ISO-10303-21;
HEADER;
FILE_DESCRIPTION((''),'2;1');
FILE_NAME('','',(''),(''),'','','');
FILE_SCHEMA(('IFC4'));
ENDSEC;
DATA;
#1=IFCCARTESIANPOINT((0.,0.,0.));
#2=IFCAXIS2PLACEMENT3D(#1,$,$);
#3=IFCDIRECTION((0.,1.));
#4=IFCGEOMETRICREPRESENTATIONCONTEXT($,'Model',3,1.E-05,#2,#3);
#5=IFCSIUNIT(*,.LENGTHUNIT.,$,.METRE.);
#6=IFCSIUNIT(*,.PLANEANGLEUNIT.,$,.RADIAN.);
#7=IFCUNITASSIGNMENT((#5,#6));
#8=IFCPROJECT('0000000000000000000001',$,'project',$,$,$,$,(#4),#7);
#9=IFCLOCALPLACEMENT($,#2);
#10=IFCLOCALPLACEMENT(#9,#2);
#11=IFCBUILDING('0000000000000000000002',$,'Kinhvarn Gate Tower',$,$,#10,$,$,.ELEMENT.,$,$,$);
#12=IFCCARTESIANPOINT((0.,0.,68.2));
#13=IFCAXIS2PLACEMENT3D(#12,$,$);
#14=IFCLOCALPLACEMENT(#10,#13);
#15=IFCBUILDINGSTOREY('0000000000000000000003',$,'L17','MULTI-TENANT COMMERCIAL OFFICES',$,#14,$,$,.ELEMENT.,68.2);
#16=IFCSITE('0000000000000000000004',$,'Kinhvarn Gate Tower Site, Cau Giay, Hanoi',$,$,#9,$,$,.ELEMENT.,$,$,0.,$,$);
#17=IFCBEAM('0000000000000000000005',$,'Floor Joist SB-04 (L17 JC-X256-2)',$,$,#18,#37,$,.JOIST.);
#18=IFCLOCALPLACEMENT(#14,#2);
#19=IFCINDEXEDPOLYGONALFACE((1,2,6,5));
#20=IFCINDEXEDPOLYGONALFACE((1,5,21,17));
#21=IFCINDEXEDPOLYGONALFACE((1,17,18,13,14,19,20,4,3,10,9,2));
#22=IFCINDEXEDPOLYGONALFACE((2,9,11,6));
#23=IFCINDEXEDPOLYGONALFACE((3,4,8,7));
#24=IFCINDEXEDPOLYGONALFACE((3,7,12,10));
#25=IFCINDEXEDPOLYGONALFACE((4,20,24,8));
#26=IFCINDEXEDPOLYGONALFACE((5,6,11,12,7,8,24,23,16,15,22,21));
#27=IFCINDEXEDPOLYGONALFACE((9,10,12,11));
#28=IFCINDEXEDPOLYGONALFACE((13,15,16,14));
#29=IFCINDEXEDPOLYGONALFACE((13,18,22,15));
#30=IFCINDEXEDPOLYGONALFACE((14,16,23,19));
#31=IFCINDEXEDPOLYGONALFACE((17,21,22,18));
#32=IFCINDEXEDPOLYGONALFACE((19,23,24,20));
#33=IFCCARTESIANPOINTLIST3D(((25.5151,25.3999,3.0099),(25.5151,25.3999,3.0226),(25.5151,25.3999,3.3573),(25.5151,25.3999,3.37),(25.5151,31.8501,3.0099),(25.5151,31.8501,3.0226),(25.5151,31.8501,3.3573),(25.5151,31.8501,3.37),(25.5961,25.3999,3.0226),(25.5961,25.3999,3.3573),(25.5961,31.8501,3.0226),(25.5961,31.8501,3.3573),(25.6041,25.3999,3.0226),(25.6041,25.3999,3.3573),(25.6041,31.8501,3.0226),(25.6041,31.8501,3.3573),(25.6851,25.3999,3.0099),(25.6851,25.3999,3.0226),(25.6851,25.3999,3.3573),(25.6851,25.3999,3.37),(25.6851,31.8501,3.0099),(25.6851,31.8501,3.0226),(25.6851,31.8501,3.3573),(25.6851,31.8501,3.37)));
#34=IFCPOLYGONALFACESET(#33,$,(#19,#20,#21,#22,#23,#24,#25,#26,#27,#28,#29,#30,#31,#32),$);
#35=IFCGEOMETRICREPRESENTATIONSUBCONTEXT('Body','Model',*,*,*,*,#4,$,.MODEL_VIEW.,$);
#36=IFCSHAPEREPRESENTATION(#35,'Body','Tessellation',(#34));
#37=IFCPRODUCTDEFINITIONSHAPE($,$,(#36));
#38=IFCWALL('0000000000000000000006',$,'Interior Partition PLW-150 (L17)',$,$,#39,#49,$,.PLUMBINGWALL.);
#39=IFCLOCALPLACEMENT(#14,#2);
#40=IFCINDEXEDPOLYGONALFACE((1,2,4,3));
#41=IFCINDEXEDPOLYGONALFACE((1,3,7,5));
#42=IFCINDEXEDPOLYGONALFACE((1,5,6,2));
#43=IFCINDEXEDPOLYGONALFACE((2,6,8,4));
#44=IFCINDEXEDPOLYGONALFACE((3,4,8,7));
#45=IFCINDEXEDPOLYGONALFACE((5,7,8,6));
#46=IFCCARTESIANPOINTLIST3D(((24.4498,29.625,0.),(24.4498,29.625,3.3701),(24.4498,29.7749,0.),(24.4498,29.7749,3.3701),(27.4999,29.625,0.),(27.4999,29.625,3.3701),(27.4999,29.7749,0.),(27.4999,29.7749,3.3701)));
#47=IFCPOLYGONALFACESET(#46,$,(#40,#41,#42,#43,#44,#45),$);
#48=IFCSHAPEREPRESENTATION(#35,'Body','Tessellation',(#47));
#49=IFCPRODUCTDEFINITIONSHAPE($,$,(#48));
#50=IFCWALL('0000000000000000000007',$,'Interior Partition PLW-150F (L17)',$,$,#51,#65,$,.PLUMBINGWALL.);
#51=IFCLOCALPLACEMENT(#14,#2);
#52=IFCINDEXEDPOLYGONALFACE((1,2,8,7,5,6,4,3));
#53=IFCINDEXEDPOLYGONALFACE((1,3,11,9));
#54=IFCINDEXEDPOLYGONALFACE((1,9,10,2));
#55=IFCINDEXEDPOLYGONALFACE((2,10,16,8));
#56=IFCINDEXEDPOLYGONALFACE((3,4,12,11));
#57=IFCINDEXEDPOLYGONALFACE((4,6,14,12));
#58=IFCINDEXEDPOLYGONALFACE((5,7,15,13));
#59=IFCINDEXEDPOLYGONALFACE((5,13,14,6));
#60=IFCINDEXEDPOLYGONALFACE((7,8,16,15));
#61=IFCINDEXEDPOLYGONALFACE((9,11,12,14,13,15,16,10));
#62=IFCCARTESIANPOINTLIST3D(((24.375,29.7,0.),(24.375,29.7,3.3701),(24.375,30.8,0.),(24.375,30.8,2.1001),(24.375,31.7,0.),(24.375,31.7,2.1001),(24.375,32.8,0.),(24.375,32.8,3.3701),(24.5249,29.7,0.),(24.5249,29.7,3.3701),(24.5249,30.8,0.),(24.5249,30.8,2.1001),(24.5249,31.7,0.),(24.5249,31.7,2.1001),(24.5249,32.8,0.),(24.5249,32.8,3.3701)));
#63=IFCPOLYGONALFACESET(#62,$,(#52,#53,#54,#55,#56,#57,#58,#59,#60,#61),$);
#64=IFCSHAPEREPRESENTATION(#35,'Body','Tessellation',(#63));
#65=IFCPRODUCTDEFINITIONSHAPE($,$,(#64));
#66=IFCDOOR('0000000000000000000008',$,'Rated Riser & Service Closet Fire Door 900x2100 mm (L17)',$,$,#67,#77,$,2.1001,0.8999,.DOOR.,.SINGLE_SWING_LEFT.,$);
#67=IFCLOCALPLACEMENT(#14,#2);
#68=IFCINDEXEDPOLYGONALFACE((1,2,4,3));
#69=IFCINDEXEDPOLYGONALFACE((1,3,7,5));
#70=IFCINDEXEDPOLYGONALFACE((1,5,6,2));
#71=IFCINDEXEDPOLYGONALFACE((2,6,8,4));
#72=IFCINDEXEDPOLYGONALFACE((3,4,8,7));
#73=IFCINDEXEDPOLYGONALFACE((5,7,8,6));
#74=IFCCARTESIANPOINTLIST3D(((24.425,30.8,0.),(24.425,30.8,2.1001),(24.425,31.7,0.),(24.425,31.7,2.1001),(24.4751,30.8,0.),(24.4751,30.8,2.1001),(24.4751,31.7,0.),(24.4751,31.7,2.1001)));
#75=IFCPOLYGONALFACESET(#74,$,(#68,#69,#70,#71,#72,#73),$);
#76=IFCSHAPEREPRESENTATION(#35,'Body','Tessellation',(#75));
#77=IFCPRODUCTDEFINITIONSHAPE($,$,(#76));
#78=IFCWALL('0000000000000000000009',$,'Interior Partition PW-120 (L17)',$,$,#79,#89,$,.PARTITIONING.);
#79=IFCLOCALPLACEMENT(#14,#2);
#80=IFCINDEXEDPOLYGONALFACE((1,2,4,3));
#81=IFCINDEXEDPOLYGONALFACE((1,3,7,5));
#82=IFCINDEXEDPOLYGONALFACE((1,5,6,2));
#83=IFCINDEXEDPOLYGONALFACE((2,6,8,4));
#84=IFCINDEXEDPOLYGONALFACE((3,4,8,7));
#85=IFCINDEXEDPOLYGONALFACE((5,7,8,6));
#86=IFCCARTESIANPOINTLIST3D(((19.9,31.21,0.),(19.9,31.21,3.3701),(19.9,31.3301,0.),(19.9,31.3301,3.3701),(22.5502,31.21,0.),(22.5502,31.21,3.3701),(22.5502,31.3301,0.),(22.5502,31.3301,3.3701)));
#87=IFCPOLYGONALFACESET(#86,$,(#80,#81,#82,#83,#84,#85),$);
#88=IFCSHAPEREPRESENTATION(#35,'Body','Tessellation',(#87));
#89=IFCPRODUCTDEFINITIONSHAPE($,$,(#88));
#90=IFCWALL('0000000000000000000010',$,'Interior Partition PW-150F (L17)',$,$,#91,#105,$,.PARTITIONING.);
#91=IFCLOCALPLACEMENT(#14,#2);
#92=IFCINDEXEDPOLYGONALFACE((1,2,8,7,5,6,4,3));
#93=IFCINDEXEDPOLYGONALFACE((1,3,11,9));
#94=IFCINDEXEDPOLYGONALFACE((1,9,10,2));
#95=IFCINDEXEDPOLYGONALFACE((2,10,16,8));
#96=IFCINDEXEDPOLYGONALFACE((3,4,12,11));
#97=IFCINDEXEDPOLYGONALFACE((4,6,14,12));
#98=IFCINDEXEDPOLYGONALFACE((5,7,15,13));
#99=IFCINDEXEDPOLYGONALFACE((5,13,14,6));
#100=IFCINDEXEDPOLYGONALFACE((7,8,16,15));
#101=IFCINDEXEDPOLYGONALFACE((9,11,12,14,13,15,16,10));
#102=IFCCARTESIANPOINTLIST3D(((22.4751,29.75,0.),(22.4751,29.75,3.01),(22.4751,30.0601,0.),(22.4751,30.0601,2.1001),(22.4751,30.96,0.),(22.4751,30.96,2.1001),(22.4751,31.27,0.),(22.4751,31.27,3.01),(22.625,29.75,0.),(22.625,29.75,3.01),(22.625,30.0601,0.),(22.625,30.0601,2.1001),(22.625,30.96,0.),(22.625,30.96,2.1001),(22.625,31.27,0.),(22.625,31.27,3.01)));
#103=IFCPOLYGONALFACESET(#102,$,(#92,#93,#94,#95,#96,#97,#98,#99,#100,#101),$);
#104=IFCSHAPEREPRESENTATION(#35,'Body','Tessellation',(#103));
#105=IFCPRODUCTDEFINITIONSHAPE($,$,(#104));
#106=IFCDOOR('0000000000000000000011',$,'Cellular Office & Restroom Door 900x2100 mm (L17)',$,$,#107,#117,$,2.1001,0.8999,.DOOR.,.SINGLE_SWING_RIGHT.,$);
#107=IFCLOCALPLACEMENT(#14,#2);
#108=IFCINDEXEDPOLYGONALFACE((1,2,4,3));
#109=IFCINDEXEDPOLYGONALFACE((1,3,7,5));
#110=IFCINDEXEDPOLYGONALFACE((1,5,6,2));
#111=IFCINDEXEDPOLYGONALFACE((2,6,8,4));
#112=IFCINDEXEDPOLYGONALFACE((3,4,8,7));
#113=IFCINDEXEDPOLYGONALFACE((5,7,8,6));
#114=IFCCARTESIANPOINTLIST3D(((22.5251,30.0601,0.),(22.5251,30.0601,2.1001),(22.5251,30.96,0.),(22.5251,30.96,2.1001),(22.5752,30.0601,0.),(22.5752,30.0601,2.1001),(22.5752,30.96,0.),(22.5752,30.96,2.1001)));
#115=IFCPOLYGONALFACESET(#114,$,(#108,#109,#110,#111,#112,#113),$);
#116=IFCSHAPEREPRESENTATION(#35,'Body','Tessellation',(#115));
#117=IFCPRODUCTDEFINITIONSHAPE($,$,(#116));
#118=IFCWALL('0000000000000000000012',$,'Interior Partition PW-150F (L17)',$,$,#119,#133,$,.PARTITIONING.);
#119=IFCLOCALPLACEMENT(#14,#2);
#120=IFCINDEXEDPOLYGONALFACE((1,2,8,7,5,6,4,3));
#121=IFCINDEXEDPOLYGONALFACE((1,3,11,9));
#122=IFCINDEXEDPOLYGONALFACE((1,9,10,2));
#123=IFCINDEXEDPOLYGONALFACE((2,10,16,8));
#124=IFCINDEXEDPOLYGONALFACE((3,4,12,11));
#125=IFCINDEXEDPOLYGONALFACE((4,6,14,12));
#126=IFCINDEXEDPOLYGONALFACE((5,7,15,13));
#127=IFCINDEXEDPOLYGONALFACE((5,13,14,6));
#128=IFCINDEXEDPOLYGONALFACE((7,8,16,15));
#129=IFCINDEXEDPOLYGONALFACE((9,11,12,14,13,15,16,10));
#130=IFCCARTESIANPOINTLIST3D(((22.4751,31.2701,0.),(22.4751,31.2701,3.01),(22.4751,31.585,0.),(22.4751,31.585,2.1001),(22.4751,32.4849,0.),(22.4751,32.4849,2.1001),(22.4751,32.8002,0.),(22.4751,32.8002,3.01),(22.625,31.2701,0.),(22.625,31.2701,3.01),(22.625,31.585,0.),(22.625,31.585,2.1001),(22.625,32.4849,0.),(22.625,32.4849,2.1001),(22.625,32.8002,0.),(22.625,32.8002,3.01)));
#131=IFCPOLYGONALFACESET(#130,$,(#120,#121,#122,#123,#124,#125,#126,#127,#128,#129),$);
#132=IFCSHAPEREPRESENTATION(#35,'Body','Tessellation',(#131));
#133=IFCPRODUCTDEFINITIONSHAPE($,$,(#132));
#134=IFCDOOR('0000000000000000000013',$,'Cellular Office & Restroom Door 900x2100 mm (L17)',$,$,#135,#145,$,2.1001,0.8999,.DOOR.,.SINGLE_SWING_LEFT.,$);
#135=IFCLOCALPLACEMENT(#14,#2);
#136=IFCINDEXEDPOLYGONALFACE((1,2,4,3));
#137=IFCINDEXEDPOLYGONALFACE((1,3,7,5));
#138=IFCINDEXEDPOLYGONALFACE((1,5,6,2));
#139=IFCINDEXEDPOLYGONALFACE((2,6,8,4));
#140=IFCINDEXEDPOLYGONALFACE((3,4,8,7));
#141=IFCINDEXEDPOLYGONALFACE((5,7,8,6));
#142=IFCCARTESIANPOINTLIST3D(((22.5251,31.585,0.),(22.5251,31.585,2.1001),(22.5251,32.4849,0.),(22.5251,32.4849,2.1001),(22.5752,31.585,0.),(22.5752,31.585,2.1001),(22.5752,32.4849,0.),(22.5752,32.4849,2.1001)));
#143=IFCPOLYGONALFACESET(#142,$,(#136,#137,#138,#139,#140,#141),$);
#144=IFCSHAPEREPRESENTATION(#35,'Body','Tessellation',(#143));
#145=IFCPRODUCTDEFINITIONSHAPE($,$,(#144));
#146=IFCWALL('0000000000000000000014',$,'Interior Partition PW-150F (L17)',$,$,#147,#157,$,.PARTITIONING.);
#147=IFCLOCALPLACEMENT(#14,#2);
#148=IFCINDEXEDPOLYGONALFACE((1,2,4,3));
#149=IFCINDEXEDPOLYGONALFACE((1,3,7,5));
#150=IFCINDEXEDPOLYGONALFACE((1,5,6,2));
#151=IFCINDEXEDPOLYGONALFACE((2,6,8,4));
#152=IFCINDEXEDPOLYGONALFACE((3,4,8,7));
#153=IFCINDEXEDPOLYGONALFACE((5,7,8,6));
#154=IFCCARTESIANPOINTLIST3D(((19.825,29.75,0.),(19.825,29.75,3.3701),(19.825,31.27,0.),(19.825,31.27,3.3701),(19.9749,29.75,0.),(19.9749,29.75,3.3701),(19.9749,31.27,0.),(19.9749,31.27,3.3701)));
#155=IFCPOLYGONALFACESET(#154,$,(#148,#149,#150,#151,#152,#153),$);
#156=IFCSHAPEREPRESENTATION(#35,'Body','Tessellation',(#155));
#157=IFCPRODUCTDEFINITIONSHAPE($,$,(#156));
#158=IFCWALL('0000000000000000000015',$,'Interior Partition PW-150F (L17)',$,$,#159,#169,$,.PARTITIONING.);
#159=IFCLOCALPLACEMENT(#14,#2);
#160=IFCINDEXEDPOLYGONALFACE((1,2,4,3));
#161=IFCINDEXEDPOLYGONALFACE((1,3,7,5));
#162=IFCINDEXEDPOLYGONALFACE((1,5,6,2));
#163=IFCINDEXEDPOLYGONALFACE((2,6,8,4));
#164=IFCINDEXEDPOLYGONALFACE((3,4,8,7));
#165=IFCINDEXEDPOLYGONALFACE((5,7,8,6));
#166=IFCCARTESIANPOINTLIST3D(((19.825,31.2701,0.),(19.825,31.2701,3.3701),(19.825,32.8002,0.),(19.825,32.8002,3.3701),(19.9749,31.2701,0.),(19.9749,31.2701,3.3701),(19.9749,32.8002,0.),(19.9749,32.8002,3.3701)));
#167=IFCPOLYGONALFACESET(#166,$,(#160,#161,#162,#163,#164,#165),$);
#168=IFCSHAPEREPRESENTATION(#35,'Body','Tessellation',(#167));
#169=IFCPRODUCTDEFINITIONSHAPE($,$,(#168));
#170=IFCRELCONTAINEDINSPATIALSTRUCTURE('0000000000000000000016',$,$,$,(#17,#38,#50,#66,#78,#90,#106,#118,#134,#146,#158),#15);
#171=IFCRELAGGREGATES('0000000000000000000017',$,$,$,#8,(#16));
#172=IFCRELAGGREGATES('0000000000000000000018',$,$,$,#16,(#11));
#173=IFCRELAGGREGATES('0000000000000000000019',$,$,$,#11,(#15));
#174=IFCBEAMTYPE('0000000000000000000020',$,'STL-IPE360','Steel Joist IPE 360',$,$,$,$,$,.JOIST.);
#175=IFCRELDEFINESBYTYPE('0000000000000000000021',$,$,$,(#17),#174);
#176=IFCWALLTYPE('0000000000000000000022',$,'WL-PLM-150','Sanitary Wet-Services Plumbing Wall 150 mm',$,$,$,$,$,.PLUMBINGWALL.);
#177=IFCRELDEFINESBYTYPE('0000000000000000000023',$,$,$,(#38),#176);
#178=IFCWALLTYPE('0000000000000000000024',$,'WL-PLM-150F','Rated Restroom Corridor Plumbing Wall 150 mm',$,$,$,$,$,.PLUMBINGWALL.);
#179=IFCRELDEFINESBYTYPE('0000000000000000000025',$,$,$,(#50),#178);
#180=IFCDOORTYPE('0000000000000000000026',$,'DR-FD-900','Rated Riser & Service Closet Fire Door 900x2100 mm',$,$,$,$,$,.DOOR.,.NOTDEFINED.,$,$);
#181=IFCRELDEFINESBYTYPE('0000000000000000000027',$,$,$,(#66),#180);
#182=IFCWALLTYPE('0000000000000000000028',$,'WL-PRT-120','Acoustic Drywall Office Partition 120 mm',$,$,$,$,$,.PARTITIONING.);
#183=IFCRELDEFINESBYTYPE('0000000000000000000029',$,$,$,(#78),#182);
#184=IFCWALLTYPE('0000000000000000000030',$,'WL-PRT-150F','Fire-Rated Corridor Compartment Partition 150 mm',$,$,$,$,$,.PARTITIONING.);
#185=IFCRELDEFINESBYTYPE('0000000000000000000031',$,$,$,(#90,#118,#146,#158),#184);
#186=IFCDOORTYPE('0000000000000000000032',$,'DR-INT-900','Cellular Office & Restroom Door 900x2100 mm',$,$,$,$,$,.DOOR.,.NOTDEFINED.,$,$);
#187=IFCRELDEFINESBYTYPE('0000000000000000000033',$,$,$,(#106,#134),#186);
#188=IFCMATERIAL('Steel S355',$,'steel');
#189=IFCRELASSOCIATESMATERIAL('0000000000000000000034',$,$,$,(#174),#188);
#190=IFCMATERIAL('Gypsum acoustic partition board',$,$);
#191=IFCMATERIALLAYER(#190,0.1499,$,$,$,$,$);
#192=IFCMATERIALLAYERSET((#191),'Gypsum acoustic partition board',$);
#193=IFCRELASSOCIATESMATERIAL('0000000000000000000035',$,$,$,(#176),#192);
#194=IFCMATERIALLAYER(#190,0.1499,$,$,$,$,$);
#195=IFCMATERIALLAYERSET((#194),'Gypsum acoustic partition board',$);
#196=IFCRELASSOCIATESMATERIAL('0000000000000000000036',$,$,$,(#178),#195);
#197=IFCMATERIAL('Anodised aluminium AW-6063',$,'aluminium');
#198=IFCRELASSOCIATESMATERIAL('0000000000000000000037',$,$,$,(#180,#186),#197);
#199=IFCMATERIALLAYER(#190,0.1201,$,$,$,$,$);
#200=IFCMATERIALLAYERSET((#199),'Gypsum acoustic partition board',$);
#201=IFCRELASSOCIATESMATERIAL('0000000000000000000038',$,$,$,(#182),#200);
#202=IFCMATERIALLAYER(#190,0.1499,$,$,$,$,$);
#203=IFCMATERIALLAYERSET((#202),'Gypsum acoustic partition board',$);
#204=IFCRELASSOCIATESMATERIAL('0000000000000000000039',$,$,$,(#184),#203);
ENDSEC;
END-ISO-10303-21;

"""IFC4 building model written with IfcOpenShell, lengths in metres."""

from ifc_helpers import new_model, si_unit, direction, frame, frame_2d, origin, origin_2d, place, context, subcontext, project, spatial, rectangle, i_section, extrude, material, layer, layer_set, material_profile, profile_set, type_object, element, fill, save


model = new_model("IFC4")

# Units and contexts
model_context = context("Model", 3, precision=1e-05, world=origin(), true_north=direction((0.0, 1.0)))
body_context = subcontext(model_context, "Body", "Model", "MODEL_VIEW")
ifc_project = project(units=[si_unit("LENGTHUNIT", "METRE"), si_unit("PLANEANGLEUNIT", "RADIAN")], contexts=[model_context])

# Site, building, storey
site_placement = place(None, origin())
site = spatial("IfcSite", under=ifc_project, at=site_placement, Name="Kinhvarn Gate Tower Site, Cau Giay, Hanoi", CompositionType="ELEMENT", RefElevation=0.0)
building_placement = place(site_placement, origin())
building = spatial("IfcBuilding", under=site, at=building_placement, Name="Kinhvarn Gate Tower", CompositionType="ELEMENT")
storey_placement = place(building_placement, frame((0.0, 0.0, 68.2)))
storey = spatial("IfcBuildingStorey", under=building, at=storey_placement, Name="L17", Description="MULTI-TENANT COMMERCIAL OFFICES", CompositionType="ELEMENT", Elevation=68.2)

# Beam
ifc_material_1 = material(Name="Steel S355", Category="steel")
ifc_material_profile = material_profile(ifc_material_1, i_section(OverallWidth=0.1699, OverallDepth=0.3601, WebThickness=0.0081, FlangeThickness=0.0127, at=origin_2d()), Name="IPE 360")
ifc_profile_set = profile_set([ifc_material_profile], Name="Steel S355")
beam_type = type_object("IfcBeamType", Name="STL-IPE360", Description="Steel Joist IPE 360", PredefinedType="JOIST", material=ifc_profile_set)
beam_placement = place(storey_placement, frame((25.6001, 25.3999, 3.1899), z_axis=(0.0, 1.0, 0.0), x_axis=(-1.0, 0.0, 0.0)))
element("IfcBeam", 1, at=beam_placement, inside=storey, type_object=beam_type, Name="Floor Joist SB-04 (L17 JC-X256-2)", PredefinedType="JOIST", context=body_context, shape_type="SweptSolid", body=[
    extrude(i_section(OverallWidth=0.1699, OverallDepth=0.3601, WebThickness=0.0081, FlangeThickness=0.0127, at=origin_2d()), origin(), (0.0, 0.0, 1.0), 6.4502),
])

# Wall
ifc_material_2 = material(Name="Gypsum acoustic partition board")
ifc_layer_1 = layer(ifc_material_2, 0.1499)
ifc_layer_set_1 = layer_set([ifc_layer_1], Name="Gypsum acoustic partition board")
wall_type_1 = type_object("IfcWallType", Name="WL-PLM-150", Description="Sanitary Wet-Services Plumbing Wall 150 mm", PredefinedType="PLUMBINGWALL", material=ifc_layer_set_1)
wall_1_placement = place(storey_placement, frame((24.45, 29.7, 0.0), z_axis=(0.0, 0.0, 1.0), x_axis=(1.0, 0.0, 0.0)))
element("IfcWall", 2, at=wall_1_placement, inside=storey, type_object=wall_type_1, Name="Interior Partition PLW-150 (L17)", PredefinedType="PLUMBINGWALL", context=body_context, shape_type="SweptSolid", body=[
    extrude(rectangle(XDim=3.05, YDim=0.1499, at=frame_2d((1.5249, 0.0))), origin(), (0.0, 0.0, 1.0), 3.3701),
])

# Wall, opening, door
ifc_layer_2 = layer(ifc_material_2, 0.1499)
ifc_layer_set_2 = layer_set([ifc_layer_2], Name="Gypsum acoustic partition board")
wall_type_2 = type_object("IfcWallType", Name="WL-PLM-150F", Description="Rated Restroom Corridor Plumbing Wall 150 mm", PredefinedType="PLUMBINGWALL", material=ifc_layer_set_2)
wall_2_placement = place(storey_placement, frame((24.45, 29.7, 0.0), z_axis=(0.0, 0.0, 1.0), x_axis=(0.0, 1.0, 0.0)))
wall_2 = element("IfcWall", 3, at=wall_2_placement, inside=storey, type_object=wall_type_2, Name="Interior Partition PLW-150F (L17)", PredefinedType="PLUMBINGWALL", context=body_context, shape_type="SweptSolid", body=[
    extrude(rectangle(XDim=3.1001, YDim=0.1499, at=frame_2d((1.55, 0.0))), origin(), (0.0, 0.0, 1.0), 3.3701),
])
opening_1_placement = place(wall_2_placement, frame((1.1001, 0.0, 0.0)))
opening_1 = element("IfcOpeningElement", 4, at=opening_1_placement, cuts=wall_2, PredefinedType="OPENING", context=body_context, shape_type="SweptSolid", body=[
    extrude(rectangle(XDim=0.8999, YDim=2.1001, at=frame_2d((0.45, 1.05))), frame((0.0, 0.085, 0.0), z_axis=(0.0, -1.0, 0.0), x_axis=(1.0, 0.0, 0.0)), (0.0, 0.0, 1.0), 0.1699),
])
ifc_material_3 = material(Name="Anodised aluminium AW-6063", Category="aluminium")
door_type_1 = type_object("IfcDoorType", Name="DR-FD-900", Description="Rated Riser & Service Closet Fire Door 900x2100 mm", OperationType="NOTDEFINED", PredefinedType="DOOR", material=ifc_material_3)
door_1_placement = place(opening_1_placement, origin())
door_1 = element("IfcDoor", 5, at=door_1_placement, inside=storey, type_object=door_type_1, Name="Rated Riser & Service Closet Fire Door 900x2100 mm (L17)", OperationType="SINGLE_SWING_LEFT", OverallHeight=2.1001, OverallWidth=0.8999, PredefinedType="DOOR", context=body_context, shape_type="SweptSolid", body=[
    extrude(rectangle(XDim=0.8999, YDim=2.1001, at=frame_2d((0.45, 1.05))), frame((0.0, 0.0249, 0.0), z_axis=(0.0, -1.0, 0.0), x_axis=(1.0, 0.0, 0.0)), (0.0, 0.0, 1.0), 0.05),
])
fill(opening_1, door_1)

# Wall
ifc_layer_3 = layer(ifc_material_2, 0.1201)
ifc_layer_set_3 = layer_set([ifc_layer_3], Name="Gypsum acoustic partition board")
wall_type_3 = type_object("IfcWallType", Name="WL-PRT-120", Description="Acoustic Drywall Office Partition 120 mm", PredefinedType="PARTITIONING", material=ifc_layer_set_3)
wall_3_placement = place(storey_placement, frame((19.8999, 31.27, 0.0), z_axis=(0.0, 0.0, 1.0), x_axis=(1.0, 0.0, 0.0)))
element("IfcWall", 6, at=wall_3_placement, inside=storey, type_object=wall_type_3, Name="Interior Partition PW-120 (L17)", PredefinedType="PARTITIONING", context=body_context, shape_type="SweptSolid", body=[
    extrude(rectangle(XDim=2.6501, YDim=0.1201, at=frame_2d((1.3252, 0.0))), origin(), (0.0, 0.0, 1.0), 3.3701),
])

# Walls, openings, doors
ifc_layer_4 = layer(ifc_material_2, 0.1499)
ifc_layer_set_4 = layer_set([ifc_layer_4], Name="Gypsum acoustic partition board")
wall_type_4 = type_object("IfcWallType", Name="WL-PRT-150F", Description="Fire-Rated Corridor Compartment Partition 150 mm", PredefinedType="PARTITIONING", material=ifc_layer_set_4)
wall_4_placement = place(storey_placement, frame((22.55, 29.75, 0.0), z_axis=(0.0, 0.0, 1.0), x_axis=(0.0, 1.0, 0.0)))
wall_4 = element("IfcWall", 7, at=wall_4_placement, inside=storey, type_object=wall_type_4, Name="Interior Partition PW-150F (L17)", PredefinedType="PARTITIONING", context=body_context, shape_type="SweptSolid", body=[
    extrude(rectangle(XDim=1.52, YDim=0.1499, at=frame_2d((0.76, 0.0))), origin(), (0.0, 0.0, 1.0), 3.01),
])
opening_2_placement = place(wall_4_placement, frame((0.3101, 0.0, 0.0)))
opening_2 = element("IfcOpeningElement", 8, at=opening_2_placement, cuts=wall_4, PredefinedType="OPENING", context=body_context, shape_type="SweptSolid", body=[
    extrude(rectangle(XDim=0.8999, YDim=2.1001, at=frame_2d((0.45, 1.05))), frame((0.0, 0.085, 0.0), z_axis=(0.0, -1.0, 0.0), x_axis=(1.0, 0.0, 0.0)), (0.0, 0.0, 1.0), 0.1699),
])
door_type_2 = type_object("IfcDoorType", Name="DR-INT-900", Description="Cellular Office & Restroom Door 900x2100 mm", OperationType="NOTDEFINED", PredefinedType="DOOR", material=ifc_material_3)
door_2_placement = place(opening_2_placement, origin())
door_2 = element("IfcDoor", 9, at=door_2_placement, inside=storey, type_object=door_type_2, Name="Cellular Office & Restroom Door 900x2100 mm (L17)", OperationType="SINGLE_SWING_RIGHT", OverallHeight=2.1001, OverallWidth=0.8999, PredefinedType="DOOR", context=body_context, shape_type="SweptSolid", body=[
    extrude(rectangle(XDim=0.8999, YDim=2.1001, at=frame_2d((0.45, 1.05))), frame((0.0, 0.0249, 0.0), z_axis=(0.0, -1.0, 0.0), x_axis=(1.0, 0.0, 0.0)), (0.0, 0.0, 1.0), 0.05),
])
fill(opening_2, door_2)
wall_5_placement = place(storey_placement, frame((22.55, 31.27, 0.0), z_axis=(0.0, 0.0, 1.0), x_axis=(0.0, 1.0, 0.0)))
wall_5 = element("IfcWall", 10, at=wall_5_placement, inside=storey, type_object=wall_type_4, Name="Interior Partition PW-150F (L17)", PredefinedType="PARTITIONING", context=body_context, shape_type="SweptSolid", body=[
    extrude(rectangle(XDim=1.53, YDim=0.1499, at=frame_2d((0.7651, 0.0))), origin(), (0.0, 0.0, 1.0), 3.01),
])
opening_3_placement = place(wall_5_placement, frame((0.3149, 0.0, 0.0)))
opening_3 = element("IfcOpeningElement", 11, at=opening_3_placement, cuts=wall_5, PredefinedType="OPENING", context=body_context, shape_type="SweptSolid", body=[
    extrude(rectangle(XDim=0.8999, YDim=2.1001, at=frame_2d((0.45, 1.05))), frame((0.0, 0.085, 0.0), z_axis=(0.0, -1.0, 0.0), x_axis=(1.0, 0.0, 0.0)), (0.0, 0.0, 1.0), 0.1699),
])
door_3_placement = place(opening_3_placement, origin())
door_3 = element("IfcDoor", 12, at=door_3_placement, inside=storey, type_object=door_type_2, Name="Cellular Office & Restroom Door 900x2100 mm (L17)", OperationType="SINGLE_SWING_LEFT", OverallHeight=2.1001, OverallWidth=0.8999, PredefinedType="DOOR", context=body_context, shape_type="SweptSolid", body=[
    extrude(rectangle(XDim=0.8999, YDim=2.1001, at=frame_2d((0.45, 1.05))), frame((0.0, 0.0249, 0.0), z_axis=(0.0, -1.0, 0.0), x_axis=(1.0, 0.0, 0.0)), (0.0, 0.0, 1.0), 0.05),
])
fill(opening_3, door_3)

# Walls
wall_6_placement = place(storey_placement, frame((19.8999, 29.75, 0.0), z_axis=(0.0, 0.0, 1.0), x_axis=(0.0, 1.0, 0.0)))
element("IfcWall", 13, at=wall_6_placement, inside=storey, type_object=wall_type_4, Name="Interior Partition PW-150F (L17)", PredefinedType="PARTITIONING", context=body_context, shape_type="SweptSolid", body=[
    extrude(rectangle(XDim=1.52, YDim=0.1499, at=frame_2d((0.76, 0.0))), origin(), (0.0, 0.0, 1.0), 3.3701),
])
wall_7_placement = place(storey_placement, frame((19.8999, 31.27, 0.0), z_axis=(0.0, 0.0, 1.0), x_axis=(0.0, 1.0, 0.0)))
element("IfcWall", 14, at=wall_7_placement, inside=storey, type_object=wall_type_4, Name="Interior Partition PW-150F (L17)", PredefinedType="PARTITIONING", context=body_context, shape_type="SweptSolid", body=[
    extrude(rectangle(XDim=1.53, YDim=0.1499, at=frame_2d((0.7651, 0.0))), origin(), (0.0, 0.0, 1.0), 3.3701),
])

save(model, "model.ifc")
